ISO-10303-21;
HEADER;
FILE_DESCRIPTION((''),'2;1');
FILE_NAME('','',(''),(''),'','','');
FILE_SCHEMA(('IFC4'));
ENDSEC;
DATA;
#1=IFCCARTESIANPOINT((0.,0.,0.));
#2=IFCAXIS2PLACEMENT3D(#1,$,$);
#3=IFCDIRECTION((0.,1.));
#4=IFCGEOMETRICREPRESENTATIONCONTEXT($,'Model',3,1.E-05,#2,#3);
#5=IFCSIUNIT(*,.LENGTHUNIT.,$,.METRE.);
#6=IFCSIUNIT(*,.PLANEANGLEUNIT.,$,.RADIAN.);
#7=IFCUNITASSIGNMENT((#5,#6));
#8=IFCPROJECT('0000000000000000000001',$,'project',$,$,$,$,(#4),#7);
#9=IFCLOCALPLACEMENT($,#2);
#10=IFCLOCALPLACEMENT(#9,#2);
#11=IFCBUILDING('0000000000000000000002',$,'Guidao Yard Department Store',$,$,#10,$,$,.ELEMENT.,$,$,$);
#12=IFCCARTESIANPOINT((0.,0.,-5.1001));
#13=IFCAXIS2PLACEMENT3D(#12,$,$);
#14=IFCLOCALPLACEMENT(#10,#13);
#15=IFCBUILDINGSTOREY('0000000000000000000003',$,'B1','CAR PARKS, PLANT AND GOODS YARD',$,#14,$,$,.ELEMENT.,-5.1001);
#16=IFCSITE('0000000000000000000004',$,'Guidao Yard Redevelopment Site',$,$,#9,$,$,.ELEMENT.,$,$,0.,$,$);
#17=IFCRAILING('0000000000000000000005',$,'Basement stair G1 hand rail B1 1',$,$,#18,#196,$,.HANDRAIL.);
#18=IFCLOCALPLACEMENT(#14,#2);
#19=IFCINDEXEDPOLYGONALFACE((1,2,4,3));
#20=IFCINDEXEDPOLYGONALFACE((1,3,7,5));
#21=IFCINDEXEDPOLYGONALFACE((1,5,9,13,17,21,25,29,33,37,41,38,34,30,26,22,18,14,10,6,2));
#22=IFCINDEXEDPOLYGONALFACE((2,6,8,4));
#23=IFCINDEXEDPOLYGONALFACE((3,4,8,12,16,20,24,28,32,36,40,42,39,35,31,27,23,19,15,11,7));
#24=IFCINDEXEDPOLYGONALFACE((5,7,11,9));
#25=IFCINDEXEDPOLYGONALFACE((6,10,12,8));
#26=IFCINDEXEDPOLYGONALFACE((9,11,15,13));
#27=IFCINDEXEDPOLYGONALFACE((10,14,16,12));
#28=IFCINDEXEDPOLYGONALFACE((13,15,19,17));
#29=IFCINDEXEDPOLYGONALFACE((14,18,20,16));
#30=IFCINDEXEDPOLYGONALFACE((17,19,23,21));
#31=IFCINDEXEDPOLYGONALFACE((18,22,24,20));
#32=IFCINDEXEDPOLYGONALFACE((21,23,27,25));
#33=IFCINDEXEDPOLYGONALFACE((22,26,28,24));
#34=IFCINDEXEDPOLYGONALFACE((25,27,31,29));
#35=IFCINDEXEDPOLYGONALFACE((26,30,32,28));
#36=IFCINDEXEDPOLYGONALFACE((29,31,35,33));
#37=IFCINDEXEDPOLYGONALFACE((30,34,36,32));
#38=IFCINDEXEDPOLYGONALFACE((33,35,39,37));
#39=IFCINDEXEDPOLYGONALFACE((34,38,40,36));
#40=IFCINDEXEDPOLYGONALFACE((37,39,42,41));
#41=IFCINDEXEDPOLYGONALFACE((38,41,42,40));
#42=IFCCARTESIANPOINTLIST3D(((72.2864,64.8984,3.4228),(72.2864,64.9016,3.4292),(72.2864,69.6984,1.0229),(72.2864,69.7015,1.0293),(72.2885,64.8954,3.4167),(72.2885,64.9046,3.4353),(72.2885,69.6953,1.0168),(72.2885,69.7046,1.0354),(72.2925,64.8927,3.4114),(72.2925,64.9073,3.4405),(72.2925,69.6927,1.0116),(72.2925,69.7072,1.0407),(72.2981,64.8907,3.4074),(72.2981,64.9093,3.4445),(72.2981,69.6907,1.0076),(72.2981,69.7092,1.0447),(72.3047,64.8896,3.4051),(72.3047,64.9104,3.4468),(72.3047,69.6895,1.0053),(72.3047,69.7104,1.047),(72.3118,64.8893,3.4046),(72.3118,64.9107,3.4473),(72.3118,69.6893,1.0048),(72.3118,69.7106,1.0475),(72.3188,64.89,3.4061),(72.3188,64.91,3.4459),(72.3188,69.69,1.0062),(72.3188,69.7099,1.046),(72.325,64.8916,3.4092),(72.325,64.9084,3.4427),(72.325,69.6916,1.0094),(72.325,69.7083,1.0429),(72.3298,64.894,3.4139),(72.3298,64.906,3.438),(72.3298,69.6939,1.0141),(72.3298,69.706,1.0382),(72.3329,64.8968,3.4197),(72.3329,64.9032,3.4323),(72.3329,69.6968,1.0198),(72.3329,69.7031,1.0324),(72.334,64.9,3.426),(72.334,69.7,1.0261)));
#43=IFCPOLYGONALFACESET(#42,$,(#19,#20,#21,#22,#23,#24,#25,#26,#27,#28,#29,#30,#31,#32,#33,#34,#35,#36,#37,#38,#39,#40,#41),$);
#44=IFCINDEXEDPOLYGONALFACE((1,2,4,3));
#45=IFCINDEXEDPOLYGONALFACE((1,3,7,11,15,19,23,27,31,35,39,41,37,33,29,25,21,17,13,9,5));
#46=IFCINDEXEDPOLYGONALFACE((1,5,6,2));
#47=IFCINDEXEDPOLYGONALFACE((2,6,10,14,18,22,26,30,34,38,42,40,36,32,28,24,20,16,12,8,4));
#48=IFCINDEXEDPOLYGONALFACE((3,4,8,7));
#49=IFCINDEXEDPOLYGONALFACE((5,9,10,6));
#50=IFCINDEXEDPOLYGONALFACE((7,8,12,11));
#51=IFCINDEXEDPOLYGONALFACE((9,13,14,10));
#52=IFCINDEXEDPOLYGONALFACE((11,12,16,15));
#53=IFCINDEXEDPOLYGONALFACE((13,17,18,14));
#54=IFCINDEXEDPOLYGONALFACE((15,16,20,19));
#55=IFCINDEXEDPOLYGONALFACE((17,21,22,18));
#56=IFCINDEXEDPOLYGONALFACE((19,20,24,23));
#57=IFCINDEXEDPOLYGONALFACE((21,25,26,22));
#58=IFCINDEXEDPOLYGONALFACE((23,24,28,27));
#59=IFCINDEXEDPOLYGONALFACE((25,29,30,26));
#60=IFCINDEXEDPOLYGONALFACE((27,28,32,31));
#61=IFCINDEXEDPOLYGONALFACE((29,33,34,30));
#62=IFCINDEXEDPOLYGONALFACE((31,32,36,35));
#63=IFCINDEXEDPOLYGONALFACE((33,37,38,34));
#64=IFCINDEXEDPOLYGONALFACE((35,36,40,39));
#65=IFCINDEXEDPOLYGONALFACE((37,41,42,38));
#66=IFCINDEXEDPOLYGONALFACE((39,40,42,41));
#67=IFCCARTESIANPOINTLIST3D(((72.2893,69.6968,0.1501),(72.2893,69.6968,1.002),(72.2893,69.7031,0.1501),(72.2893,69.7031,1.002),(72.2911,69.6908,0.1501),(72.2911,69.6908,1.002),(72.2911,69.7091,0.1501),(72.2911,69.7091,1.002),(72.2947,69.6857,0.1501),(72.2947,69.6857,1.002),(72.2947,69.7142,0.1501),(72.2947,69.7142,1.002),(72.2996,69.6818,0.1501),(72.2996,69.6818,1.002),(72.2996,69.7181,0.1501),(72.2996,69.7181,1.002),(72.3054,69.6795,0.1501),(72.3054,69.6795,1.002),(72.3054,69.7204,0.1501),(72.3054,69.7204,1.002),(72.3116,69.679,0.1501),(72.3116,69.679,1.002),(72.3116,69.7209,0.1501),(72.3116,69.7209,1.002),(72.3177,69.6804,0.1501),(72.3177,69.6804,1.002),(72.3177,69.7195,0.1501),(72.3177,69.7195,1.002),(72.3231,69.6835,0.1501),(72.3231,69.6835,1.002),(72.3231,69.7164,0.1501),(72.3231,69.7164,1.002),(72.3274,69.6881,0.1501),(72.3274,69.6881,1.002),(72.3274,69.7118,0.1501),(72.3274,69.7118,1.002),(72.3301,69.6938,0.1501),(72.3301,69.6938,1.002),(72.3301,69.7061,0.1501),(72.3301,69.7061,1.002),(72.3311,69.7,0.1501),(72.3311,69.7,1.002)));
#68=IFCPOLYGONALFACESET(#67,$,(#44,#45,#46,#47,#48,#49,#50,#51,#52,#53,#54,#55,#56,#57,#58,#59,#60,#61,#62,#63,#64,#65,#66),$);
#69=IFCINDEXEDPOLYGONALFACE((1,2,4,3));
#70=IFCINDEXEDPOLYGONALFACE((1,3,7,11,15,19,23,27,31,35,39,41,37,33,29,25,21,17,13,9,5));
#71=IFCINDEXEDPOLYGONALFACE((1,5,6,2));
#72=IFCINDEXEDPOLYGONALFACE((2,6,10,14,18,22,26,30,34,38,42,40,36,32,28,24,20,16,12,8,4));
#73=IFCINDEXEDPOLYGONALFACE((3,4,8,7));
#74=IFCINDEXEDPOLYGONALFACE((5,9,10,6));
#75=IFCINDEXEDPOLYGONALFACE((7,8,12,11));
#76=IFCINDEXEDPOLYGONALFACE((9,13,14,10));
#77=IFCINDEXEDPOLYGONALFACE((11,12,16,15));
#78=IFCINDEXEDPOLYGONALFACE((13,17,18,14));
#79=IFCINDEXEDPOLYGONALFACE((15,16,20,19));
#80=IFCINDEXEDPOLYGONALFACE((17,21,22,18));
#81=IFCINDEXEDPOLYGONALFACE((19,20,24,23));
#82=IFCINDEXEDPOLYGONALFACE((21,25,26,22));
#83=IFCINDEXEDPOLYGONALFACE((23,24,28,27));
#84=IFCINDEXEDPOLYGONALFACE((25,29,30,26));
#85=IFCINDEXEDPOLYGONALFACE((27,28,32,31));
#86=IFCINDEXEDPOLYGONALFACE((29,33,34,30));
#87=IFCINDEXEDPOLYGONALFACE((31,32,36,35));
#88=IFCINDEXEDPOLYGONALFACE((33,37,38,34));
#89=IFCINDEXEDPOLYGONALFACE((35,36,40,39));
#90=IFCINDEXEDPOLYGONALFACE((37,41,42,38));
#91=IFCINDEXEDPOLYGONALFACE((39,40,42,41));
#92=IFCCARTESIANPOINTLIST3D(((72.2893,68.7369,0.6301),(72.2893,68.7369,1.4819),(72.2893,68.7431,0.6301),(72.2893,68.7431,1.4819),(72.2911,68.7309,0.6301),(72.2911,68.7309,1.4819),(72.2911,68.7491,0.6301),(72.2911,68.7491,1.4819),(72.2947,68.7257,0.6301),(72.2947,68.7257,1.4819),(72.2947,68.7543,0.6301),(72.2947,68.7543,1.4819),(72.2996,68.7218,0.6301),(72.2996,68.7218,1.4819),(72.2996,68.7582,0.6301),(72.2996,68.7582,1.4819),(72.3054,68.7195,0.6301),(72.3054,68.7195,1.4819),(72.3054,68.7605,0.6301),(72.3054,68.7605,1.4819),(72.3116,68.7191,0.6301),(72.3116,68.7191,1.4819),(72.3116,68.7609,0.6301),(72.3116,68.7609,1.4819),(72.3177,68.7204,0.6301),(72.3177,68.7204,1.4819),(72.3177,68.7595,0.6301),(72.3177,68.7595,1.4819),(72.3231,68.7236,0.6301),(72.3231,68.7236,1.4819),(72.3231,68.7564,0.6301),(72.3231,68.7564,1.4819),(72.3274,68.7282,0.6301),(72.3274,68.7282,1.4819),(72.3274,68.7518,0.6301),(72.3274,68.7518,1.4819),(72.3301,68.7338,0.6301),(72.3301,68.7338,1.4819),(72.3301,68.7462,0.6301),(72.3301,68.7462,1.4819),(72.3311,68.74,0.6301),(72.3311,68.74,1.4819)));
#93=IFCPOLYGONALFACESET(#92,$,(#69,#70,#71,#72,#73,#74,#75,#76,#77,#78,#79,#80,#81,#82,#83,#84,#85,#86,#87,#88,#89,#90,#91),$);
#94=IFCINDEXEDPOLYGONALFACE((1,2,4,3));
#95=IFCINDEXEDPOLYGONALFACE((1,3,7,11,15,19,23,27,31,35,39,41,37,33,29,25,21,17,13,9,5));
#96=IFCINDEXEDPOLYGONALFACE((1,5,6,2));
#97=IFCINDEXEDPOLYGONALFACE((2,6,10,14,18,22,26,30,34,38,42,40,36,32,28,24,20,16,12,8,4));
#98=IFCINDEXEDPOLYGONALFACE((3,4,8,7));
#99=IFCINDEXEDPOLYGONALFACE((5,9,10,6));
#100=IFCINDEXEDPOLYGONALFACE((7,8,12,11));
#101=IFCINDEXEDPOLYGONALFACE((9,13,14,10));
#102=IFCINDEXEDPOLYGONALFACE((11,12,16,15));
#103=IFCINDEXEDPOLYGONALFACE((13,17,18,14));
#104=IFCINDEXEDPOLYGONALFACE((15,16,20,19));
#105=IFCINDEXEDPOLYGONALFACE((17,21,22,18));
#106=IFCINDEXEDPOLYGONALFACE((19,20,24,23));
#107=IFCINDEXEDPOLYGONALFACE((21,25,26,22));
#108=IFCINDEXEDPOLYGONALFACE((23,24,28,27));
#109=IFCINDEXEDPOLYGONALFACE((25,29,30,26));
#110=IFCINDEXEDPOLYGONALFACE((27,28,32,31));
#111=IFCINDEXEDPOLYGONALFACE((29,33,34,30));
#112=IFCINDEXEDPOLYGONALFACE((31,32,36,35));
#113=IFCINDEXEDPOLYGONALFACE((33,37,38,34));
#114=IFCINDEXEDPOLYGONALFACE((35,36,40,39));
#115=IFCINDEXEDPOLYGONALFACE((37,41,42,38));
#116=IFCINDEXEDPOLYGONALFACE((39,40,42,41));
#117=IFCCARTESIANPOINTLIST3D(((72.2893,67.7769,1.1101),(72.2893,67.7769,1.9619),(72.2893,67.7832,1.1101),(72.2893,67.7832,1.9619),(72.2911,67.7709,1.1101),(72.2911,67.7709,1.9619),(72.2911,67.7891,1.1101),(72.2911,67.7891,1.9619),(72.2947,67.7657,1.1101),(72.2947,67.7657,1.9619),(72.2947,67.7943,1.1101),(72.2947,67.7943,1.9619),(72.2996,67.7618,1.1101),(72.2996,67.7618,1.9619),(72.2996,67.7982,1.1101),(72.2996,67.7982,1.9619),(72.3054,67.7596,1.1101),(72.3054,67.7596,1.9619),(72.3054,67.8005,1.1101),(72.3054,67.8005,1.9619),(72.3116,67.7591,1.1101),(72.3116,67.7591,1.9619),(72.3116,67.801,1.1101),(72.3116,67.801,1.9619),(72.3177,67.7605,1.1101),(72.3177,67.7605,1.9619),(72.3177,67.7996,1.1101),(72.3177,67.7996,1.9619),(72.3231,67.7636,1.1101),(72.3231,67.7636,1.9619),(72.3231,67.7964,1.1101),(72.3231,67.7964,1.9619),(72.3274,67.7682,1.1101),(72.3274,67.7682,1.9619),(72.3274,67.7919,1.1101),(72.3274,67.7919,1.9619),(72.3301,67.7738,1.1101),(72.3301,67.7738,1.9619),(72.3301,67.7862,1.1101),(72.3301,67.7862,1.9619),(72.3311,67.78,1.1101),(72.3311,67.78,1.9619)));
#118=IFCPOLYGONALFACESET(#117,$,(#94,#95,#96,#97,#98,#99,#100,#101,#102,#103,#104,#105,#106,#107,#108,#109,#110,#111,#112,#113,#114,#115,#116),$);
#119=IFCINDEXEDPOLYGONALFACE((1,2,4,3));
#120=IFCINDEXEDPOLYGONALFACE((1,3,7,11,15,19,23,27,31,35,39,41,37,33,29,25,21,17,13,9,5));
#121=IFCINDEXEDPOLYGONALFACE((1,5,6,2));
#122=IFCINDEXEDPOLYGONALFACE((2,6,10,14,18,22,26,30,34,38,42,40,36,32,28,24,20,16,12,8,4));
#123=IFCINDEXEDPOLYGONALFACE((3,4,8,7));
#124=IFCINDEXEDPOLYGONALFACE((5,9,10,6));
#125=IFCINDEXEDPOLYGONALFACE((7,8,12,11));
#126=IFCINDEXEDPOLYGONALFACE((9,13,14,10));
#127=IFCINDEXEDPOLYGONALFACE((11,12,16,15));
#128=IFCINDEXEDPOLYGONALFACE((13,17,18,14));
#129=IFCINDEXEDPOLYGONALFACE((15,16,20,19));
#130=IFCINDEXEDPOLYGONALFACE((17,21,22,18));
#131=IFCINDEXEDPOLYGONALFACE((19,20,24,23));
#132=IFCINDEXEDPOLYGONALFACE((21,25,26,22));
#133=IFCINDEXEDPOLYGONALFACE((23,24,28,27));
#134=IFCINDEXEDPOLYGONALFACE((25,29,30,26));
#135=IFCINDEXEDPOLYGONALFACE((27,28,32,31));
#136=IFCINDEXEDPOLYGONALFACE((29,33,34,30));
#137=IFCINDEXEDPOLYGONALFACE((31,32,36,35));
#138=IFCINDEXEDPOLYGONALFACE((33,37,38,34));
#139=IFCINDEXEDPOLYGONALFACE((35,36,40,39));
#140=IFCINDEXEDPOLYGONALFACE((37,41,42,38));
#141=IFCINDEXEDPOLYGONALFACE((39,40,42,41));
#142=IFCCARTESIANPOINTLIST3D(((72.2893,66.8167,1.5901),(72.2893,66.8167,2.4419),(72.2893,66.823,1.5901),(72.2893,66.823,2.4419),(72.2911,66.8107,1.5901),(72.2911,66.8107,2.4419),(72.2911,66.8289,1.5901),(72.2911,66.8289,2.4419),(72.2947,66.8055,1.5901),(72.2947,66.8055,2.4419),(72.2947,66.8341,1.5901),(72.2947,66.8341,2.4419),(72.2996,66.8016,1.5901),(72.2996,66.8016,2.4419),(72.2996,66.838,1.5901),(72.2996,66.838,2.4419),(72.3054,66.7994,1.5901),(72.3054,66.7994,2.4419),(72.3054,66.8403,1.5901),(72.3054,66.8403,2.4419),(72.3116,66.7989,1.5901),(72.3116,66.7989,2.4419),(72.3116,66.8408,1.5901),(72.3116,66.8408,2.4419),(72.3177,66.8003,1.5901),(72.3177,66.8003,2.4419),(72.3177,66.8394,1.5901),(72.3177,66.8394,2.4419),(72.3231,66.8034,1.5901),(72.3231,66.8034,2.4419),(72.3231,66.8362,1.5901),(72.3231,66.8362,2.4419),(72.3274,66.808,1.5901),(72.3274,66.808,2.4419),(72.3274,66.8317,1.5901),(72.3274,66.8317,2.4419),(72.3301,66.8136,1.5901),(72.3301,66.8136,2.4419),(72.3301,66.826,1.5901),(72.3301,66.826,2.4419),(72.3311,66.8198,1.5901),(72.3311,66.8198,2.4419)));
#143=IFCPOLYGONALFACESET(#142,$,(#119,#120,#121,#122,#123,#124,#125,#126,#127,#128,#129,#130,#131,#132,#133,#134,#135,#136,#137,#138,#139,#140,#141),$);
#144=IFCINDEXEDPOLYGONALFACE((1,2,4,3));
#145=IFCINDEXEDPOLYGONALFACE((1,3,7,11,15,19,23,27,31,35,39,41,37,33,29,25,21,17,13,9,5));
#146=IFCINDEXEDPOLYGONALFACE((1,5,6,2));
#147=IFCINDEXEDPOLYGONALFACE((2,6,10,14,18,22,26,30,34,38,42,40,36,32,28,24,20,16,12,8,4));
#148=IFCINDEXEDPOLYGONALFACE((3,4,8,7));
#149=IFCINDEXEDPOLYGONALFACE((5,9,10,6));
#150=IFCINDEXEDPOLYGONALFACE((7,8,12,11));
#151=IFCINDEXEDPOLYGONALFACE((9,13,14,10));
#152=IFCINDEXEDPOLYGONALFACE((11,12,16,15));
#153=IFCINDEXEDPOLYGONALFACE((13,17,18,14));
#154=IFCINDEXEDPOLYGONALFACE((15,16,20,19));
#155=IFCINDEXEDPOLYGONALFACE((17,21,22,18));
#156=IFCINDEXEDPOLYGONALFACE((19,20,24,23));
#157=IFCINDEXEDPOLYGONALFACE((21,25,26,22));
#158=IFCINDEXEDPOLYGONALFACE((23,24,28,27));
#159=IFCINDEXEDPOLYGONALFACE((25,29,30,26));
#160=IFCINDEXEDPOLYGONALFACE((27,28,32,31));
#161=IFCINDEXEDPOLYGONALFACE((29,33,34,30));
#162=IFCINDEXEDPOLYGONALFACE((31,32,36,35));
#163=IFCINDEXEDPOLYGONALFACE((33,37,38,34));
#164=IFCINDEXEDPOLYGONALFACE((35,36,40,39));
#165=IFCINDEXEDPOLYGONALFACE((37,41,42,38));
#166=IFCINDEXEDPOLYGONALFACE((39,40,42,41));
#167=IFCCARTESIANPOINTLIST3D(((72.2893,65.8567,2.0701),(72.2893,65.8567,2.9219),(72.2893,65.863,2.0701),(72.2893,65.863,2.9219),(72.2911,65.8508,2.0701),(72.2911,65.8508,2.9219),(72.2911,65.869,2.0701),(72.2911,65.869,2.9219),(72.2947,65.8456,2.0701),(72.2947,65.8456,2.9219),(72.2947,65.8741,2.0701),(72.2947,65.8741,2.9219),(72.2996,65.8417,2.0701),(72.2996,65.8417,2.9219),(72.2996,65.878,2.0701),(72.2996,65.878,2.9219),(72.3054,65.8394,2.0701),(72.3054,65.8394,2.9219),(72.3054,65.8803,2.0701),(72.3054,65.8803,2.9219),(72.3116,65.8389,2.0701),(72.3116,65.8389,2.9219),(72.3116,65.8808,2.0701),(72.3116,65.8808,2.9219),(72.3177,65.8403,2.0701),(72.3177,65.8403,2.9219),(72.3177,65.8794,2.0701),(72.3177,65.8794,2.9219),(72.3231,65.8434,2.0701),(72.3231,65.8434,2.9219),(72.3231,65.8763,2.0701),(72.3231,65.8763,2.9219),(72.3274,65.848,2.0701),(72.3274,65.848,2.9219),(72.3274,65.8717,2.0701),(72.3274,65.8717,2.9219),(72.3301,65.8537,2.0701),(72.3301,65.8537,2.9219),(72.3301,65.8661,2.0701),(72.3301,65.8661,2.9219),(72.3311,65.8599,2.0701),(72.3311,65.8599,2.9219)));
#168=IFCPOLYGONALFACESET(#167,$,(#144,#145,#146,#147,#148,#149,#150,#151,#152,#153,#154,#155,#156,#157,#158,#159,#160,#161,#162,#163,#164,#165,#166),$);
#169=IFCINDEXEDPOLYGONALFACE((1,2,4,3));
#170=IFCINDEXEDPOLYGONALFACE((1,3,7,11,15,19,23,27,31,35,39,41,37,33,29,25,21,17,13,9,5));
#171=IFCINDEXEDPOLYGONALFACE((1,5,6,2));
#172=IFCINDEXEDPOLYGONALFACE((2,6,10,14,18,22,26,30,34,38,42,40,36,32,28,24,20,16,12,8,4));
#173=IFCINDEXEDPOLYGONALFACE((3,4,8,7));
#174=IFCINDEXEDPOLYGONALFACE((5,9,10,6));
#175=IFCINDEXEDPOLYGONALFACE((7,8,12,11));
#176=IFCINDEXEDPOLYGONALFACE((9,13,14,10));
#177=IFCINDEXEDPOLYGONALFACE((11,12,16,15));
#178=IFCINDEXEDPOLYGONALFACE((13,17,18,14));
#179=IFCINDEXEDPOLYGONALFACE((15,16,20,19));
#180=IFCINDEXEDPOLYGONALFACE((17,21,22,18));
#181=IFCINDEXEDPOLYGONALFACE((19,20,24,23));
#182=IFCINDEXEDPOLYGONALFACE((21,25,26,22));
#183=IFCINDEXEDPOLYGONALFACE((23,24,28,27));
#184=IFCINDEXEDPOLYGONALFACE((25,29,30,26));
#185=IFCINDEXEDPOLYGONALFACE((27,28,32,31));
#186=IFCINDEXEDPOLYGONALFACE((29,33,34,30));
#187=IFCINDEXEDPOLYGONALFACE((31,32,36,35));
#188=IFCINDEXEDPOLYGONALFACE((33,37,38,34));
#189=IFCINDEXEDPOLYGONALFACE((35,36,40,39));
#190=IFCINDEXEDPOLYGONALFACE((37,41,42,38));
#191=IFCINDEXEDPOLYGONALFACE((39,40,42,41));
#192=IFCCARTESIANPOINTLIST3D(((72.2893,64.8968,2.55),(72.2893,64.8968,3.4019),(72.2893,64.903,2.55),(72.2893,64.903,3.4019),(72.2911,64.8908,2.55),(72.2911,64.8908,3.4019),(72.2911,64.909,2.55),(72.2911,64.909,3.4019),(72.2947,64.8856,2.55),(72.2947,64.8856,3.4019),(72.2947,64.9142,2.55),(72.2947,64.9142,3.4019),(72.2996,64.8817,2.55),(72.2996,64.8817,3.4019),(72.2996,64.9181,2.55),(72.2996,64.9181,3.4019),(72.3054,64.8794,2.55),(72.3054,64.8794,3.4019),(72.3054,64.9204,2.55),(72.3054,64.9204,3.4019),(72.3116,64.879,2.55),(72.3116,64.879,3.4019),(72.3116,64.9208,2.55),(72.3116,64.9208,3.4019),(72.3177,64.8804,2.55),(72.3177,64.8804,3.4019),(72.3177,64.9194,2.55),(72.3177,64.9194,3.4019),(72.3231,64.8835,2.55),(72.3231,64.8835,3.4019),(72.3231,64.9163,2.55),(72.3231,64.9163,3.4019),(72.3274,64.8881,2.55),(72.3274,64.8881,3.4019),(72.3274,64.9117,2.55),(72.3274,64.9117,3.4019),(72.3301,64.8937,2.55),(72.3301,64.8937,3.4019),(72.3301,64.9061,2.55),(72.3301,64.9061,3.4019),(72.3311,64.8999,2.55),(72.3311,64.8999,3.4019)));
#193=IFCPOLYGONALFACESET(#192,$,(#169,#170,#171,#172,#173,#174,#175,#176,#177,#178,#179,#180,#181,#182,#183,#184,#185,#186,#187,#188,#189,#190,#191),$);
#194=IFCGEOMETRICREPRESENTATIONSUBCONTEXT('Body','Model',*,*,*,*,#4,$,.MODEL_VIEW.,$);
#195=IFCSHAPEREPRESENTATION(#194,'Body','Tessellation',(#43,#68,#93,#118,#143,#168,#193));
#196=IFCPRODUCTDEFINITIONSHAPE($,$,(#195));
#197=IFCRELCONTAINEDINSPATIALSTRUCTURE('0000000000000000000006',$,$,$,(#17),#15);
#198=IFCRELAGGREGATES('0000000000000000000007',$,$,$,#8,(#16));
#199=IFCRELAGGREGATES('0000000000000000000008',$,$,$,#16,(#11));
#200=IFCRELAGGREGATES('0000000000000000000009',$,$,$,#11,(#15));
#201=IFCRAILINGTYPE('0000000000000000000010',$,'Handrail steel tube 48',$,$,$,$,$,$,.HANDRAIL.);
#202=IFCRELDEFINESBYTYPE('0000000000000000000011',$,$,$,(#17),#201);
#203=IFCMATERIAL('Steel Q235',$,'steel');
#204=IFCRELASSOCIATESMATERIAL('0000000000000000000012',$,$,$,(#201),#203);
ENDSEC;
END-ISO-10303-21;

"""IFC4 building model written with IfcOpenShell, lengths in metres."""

from ifc_helpers import new_model, si_unit, direction, frame, origin, origin_2d, place, context, subcontext, project, spatial, circle, extrude, material, type_object, element, save


model = new_model("IFC4")

# Units and contexts
model_context = context("Model", 3, precision=1e-05, world=origin(), true_north=direction((0.0, 1.0)))
body_context = subcontext(model_context, "Body", "Model", "MODEL_VIEW")
ifc_project = project(units=[si_unit("LENGTHUNIT", "METRE"), si_unit("PLANEANGLEUNIT", "RADIAN")], contexts=[model_context])

# Site, building, storey
site_placement = place(None, origin())
site = spatial("IfcSite", under=ifc_project, at=site_placement, Name="Guidao Yard Redevelopment Site", CompositionType="ELEMENT", RefElevation=0.0)
building_placement = place(site_placement, origin())
building = spatial("IfcBuilding", under=site, at=building_placement, Name="Guidao Yard Department Store", CompositionType="ELEMENT")
storey_placement = place(building_placement, frame((0.0, 0.0, -5.1001)))
storey = spatial("IfcBuildingStorey", under=building, at=storey_placement, Name="B1", Description="CAR PARKS, PLANT AND GOODS YARD", CompositionType="ELEMENT", Elevation=-5.1001)

# Railing
ifc_material_1 = material(Name="Steel Q235", Category="steel")
railing_type_1 = type_object("IfcRailingType", Name="Handrail steel tube 48", PredefinedType="HANDRAIL", material=ifc_material_1)
railing_1_placement = place(storey_placement, frame((72.3101, 69.7, 0.1501)))
element("IfcRailing", 1, at=railing_1_placement, inside=storey, type_object=railing_type_1, Name="Basement stair G1 hand rail B1 1", PredefinedType="HANDRAIL", context=body_context, shape_type="SweptSolid", body=[
    extrude(circle(Radius=0.0239, at=origin_2d()), frame((0.0, 0.0, 0.876), z_axis=(0.0, -0.894436, 0.447195), x_axis=(1.0, 0.0, 0.0)), (0.0, 0.0, 1.0), 5.3665),
    extrude(circle(Radius=0.021, at=origin_2d()), origin(), (0.0, 0.0, 1.0), 0.8518),
    extrude(circle(Radius=0.021, at=origin_2d()), frame((0.0, -0.96, 0.48)), (0.0, 0.0, 1.0), 0.8518),
    extrude(circle(Radius=0.021, at=origin_2d()), frame((0.0, -1.9199, 0.96)), (0.0, 0.0, 1.0), 0.8518),
    extrude(circle(Radius=0.021, at=origin_2d()), frame((0.0, -2.8801, 1.4399)), (0.0, 0.0, 1.0), 0.8518),
    extrude(circle(Radius=0.021, at=origin_2d()), frame((0.0, -3.8401, 1.9199)), (0.0, 0.0, 1.0), 0.8518),
    extrude(circle(Radius=0.021, at=origin_2d()), frame((0.0, -4.8, 2.3999)), (0.0, 0.0, 1.0), 0.8518),
])

save(model, "model.ifc")
